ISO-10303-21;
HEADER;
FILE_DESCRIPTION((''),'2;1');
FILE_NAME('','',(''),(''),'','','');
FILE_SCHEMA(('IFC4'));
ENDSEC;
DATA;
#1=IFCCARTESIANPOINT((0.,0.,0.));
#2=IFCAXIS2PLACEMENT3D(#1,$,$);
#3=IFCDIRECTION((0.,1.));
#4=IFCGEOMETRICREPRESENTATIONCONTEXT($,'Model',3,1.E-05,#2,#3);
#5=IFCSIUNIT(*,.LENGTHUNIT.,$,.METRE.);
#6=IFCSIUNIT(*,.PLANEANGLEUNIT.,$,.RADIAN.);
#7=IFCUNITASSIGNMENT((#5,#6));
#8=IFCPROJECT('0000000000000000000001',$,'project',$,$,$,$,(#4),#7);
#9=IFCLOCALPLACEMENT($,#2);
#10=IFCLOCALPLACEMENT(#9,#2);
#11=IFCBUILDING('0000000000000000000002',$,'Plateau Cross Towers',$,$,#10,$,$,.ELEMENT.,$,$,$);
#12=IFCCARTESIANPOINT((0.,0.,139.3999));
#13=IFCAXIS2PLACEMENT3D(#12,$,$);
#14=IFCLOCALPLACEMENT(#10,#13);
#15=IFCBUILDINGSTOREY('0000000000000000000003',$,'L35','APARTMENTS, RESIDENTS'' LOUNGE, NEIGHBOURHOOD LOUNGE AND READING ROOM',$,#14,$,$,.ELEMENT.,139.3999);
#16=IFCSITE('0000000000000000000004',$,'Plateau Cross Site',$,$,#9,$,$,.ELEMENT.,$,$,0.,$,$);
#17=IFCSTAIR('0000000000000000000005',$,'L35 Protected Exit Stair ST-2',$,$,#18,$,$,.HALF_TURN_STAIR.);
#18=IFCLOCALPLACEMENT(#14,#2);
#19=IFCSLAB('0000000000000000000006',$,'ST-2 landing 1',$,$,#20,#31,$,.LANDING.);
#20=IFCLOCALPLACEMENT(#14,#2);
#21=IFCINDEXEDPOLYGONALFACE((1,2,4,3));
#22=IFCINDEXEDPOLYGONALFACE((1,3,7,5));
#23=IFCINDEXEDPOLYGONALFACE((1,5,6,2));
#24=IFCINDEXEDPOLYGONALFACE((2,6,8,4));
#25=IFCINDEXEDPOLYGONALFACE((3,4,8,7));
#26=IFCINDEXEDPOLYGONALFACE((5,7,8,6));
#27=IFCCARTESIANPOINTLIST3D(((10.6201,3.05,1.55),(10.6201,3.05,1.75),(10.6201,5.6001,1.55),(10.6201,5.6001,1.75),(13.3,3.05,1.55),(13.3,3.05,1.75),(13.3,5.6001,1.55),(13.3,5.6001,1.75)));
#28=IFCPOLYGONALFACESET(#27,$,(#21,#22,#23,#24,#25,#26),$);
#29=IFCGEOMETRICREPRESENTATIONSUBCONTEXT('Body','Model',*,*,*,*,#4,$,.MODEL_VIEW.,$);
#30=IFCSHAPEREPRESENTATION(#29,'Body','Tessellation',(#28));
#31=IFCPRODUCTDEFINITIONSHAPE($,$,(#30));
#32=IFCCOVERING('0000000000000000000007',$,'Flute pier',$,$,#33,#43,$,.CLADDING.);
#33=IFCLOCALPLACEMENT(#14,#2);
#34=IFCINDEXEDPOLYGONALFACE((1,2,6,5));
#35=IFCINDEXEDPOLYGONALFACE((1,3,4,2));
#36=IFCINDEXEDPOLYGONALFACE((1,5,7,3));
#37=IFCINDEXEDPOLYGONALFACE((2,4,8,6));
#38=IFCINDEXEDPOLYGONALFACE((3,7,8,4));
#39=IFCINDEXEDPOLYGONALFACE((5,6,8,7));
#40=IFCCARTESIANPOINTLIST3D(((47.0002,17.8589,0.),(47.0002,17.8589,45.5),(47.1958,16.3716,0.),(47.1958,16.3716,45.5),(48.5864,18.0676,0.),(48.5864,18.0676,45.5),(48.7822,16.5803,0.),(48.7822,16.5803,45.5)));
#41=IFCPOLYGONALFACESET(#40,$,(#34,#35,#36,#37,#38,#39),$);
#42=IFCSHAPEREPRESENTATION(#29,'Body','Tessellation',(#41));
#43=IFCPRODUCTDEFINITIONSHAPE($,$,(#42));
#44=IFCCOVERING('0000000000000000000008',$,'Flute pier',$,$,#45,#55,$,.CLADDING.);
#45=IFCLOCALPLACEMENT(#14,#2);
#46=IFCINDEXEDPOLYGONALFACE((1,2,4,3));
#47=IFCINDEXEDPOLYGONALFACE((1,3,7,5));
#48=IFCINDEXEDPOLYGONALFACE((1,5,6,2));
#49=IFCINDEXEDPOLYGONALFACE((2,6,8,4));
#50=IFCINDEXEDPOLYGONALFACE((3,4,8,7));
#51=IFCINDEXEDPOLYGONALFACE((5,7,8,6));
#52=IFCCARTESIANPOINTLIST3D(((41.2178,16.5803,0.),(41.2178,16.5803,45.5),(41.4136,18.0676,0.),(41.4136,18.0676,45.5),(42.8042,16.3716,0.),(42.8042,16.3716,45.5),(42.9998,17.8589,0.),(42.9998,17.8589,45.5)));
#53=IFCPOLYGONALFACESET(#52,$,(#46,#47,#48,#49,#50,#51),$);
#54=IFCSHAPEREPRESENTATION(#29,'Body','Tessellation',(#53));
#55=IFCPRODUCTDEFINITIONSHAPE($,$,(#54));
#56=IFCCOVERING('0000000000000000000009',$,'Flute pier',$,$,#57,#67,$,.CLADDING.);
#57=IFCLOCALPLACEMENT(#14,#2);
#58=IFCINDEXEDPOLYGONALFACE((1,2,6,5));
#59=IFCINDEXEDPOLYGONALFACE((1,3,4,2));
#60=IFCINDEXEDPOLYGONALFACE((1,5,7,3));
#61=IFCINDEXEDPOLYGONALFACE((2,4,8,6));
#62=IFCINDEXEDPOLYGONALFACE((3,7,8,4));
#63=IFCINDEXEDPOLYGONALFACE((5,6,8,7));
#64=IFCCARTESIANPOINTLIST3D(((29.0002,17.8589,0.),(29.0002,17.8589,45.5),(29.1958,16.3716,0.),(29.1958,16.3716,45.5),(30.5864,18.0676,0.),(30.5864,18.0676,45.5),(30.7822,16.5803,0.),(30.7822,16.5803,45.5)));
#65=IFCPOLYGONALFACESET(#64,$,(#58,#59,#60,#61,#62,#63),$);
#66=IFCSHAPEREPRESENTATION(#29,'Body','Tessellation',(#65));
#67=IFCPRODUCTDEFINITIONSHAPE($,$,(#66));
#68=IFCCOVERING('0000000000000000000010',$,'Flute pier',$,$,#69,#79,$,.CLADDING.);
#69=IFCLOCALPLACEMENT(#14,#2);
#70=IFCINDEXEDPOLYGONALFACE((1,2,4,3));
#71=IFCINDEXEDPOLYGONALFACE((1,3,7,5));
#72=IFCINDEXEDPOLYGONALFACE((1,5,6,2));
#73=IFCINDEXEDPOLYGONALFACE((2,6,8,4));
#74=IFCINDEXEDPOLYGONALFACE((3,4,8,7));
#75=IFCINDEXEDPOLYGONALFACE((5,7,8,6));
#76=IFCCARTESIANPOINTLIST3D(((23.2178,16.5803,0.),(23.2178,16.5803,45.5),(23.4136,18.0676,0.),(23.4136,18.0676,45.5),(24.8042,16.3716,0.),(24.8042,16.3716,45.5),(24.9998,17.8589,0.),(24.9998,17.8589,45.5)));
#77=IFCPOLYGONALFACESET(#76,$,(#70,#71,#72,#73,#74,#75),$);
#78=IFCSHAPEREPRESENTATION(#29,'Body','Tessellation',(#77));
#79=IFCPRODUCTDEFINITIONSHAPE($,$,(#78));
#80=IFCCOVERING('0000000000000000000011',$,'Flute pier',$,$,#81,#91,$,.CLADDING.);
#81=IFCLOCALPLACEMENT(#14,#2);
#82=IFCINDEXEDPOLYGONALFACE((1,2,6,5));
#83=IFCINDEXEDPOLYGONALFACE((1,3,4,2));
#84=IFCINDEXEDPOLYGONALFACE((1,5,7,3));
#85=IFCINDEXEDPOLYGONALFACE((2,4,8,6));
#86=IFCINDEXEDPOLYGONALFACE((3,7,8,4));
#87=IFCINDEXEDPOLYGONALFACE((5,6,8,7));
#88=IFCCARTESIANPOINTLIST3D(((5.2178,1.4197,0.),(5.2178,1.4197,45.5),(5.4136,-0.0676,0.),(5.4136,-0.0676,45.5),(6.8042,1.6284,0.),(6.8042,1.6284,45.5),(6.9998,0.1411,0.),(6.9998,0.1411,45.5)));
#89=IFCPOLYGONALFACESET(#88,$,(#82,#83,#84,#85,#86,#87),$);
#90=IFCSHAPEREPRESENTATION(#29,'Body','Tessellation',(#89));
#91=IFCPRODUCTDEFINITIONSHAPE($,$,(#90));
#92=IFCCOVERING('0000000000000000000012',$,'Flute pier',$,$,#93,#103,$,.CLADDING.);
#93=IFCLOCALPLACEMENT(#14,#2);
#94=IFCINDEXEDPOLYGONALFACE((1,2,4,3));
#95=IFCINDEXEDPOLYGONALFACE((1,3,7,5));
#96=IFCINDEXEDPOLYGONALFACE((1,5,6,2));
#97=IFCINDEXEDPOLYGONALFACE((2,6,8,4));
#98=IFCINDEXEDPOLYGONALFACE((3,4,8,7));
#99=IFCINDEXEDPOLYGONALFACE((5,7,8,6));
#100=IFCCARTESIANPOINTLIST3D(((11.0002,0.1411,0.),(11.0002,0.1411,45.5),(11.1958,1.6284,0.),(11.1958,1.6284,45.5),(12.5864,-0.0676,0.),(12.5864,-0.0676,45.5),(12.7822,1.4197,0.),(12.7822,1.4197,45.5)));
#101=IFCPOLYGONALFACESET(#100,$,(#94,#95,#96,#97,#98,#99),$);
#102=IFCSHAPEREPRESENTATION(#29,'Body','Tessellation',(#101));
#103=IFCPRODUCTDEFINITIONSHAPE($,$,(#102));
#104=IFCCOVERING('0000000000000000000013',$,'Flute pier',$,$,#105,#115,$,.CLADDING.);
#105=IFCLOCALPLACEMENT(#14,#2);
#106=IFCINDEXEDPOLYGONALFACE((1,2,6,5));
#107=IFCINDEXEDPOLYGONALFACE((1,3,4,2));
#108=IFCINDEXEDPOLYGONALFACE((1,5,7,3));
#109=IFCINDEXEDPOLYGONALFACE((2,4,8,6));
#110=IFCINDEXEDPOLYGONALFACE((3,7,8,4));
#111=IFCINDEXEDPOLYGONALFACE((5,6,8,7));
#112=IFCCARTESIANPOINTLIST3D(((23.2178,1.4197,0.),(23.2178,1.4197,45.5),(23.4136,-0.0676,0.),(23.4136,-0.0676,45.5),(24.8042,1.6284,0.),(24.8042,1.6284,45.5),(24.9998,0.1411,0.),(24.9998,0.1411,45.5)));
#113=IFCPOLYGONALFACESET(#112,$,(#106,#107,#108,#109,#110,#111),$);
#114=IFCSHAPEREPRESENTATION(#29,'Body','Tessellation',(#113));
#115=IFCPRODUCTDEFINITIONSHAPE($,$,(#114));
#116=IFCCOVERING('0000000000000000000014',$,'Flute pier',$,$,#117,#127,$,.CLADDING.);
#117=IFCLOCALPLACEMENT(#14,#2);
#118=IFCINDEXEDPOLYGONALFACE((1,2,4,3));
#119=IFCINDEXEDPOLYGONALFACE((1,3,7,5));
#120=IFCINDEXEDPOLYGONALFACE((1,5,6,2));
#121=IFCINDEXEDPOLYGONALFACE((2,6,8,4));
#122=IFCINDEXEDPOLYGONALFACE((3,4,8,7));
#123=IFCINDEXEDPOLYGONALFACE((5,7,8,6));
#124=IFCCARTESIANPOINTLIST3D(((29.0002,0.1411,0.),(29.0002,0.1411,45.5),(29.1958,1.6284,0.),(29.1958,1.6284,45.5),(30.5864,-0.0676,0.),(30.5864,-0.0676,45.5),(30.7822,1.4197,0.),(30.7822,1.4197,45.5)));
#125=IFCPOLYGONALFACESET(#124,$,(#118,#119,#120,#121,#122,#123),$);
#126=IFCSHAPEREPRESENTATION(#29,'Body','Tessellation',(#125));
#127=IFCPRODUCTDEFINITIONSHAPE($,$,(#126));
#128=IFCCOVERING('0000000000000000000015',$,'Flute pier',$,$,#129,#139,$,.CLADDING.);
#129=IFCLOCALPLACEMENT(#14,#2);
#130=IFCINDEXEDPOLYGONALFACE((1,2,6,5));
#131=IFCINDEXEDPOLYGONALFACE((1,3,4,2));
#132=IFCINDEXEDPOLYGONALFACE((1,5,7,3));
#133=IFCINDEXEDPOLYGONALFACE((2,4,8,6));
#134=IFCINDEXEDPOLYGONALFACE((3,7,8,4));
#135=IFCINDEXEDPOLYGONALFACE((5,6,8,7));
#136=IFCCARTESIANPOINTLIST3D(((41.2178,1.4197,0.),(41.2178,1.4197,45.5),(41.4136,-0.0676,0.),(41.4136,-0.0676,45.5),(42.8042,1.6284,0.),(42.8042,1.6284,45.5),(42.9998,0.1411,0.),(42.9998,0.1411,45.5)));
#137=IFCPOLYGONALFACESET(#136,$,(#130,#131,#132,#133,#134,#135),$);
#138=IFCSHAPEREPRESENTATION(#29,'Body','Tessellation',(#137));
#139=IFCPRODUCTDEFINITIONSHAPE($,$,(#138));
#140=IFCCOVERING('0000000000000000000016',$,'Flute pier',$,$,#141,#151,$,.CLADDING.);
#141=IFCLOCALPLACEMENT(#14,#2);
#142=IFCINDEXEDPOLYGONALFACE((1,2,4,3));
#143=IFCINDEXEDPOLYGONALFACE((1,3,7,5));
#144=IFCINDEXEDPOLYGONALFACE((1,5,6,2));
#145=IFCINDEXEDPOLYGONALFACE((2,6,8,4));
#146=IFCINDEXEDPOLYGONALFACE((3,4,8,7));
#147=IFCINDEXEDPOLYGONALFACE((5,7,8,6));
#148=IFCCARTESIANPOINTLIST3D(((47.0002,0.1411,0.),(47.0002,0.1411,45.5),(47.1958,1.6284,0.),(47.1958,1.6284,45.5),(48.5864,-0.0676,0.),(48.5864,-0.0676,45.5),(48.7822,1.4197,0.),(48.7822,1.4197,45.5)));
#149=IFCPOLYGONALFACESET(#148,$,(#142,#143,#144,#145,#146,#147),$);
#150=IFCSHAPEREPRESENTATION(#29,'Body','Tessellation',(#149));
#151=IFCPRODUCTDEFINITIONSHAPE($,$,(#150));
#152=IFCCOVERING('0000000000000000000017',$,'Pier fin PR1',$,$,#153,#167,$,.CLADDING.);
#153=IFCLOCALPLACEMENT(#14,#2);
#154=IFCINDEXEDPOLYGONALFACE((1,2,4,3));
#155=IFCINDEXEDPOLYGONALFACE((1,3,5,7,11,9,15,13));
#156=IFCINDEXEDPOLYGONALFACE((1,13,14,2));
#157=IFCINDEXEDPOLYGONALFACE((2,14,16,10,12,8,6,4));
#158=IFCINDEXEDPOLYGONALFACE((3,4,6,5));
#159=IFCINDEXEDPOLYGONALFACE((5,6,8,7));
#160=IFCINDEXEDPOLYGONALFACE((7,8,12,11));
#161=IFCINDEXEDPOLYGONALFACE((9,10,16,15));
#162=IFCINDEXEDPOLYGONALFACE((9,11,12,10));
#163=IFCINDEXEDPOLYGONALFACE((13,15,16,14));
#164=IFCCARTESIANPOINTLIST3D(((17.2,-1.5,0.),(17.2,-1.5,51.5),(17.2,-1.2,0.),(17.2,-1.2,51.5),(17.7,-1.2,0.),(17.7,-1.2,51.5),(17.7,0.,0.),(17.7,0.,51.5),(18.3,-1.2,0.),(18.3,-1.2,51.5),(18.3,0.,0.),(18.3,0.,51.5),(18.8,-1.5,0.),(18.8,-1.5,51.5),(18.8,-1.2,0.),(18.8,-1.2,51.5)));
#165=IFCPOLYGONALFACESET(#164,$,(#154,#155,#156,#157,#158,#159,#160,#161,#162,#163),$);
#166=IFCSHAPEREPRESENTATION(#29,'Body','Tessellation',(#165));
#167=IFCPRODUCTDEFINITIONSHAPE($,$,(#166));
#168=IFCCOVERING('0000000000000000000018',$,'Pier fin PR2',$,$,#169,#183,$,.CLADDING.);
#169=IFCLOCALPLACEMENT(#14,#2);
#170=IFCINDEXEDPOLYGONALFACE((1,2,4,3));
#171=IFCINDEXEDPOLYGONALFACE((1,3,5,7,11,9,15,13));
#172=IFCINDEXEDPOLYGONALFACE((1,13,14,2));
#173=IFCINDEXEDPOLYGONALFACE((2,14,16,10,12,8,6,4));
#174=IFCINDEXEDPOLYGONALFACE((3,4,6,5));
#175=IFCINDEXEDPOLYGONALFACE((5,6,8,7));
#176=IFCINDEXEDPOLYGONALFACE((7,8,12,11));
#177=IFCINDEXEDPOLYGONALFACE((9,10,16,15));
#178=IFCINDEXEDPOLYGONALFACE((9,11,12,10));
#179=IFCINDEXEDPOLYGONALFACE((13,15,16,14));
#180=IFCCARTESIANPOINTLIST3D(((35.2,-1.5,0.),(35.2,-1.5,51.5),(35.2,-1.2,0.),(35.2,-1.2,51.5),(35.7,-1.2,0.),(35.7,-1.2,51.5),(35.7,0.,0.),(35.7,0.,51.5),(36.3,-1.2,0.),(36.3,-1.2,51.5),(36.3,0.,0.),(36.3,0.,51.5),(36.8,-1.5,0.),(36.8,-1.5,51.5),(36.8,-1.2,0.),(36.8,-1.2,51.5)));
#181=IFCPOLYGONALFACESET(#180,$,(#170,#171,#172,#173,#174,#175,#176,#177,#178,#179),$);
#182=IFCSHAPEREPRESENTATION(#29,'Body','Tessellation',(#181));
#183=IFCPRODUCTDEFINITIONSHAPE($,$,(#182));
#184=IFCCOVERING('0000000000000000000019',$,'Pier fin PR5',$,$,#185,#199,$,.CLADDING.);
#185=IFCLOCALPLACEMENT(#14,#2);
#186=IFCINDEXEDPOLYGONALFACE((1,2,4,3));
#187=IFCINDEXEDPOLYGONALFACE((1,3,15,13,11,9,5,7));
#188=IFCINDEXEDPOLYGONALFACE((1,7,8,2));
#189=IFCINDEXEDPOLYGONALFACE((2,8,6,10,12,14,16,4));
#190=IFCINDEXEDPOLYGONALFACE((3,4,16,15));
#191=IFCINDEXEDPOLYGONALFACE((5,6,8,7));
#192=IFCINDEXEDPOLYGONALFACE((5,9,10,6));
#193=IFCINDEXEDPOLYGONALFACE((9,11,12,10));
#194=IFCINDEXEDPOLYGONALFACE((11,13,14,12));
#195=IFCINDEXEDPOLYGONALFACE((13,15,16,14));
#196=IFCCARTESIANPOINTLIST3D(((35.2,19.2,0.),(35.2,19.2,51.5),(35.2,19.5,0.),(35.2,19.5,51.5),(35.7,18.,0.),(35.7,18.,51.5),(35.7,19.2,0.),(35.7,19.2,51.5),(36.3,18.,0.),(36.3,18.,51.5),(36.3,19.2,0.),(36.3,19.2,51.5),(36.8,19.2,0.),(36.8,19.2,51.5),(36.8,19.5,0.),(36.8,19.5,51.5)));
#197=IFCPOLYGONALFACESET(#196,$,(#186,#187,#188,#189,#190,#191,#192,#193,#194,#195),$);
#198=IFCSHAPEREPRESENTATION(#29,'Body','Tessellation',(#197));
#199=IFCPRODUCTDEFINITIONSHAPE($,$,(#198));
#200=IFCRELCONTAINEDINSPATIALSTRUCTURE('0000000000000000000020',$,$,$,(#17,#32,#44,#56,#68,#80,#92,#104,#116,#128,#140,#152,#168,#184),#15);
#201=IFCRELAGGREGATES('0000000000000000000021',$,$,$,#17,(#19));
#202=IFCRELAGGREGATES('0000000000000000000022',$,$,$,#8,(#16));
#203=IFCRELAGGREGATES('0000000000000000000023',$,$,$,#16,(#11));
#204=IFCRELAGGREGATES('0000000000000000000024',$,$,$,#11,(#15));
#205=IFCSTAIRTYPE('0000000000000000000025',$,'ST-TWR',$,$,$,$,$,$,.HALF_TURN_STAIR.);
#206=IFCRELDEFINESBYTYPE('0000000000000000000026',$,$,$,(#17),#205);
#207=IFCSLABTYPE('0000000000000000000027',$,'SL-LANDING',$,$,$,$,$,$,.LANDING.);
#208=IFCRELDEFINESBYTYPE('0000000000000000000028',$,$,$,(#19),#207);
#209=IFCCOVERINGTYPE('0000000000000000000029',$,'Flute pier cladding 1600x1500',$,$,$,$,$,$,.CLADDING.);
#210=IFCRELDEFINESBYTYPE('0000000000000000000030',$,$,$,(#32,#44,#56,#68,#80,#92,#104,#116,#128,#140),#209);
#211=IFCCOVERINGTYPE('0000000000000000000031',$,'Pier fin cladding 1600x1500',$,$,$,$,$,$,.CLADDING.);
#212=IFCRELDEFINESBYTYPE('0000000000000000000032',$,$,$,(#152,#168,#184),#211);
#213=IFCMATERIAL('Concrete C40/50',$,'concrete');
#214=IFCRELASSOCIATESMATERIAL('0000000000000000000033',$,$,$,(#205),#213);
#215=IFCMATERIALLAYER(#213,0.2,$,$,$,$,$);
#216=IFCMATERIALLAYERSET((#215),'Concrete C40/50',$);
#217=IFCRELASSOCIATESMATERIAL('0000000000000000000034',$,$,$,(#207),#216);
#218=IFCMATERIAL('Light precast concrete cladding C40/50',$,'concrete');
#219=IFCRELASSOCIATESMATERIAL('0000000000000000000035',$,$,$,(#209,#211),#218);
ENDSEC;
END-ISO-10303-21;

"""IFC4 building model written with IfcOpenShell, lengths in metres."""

from ifc_helpers import new_model, si_unit, direction, frame, origin, place, context, subcontext, project, spatial, polyline, outline, extrude, material, layer, layer_set, type_object, element, aggregate, save


model = new_model("IFC4")

# Units and contexts
model_context = context("Model", 3, precision=1e-05, world=origin(), true_north=direction((0.0, 1.0)))
body_context = subcontext(model_context, "Body", "Model", "MODEL_VIEW")
ifc_project = project(units=[si_unit("LENGTHUNIT", "METRE"), si_unit("PLANEANGLEUNIT", "RADIAN")], contexts=[model_context])

# Site, building, storey
site_placement = place(None, origin())
site = spatial("IfcSite", under=ifc_project, at=site_placement, Name="Plateau Cross Site", CompositionType="ELEMENT", RefElevation=0.0)
building_placement = place(site_placement, origin())
building = spatial("IfcBuilding", under=site, at=building_placement, Name="Plateau Cross Towers", CompositionType="ELEMENT")
storey_placement = place(building_placement, frame((0.0, 0.0, 139.3999)))
storey = spatial("IfcBuildingStorey", under=building, at=storey_placement, Name="L35", Description="APARTMENTS, RESIDENTS' LOUNGE, NEIGHBOURHOOD LOUNGE AND READING ROOM", CompositionType="ELEMENT", Elevation=139.3999)

# Shared definitions
ifc_material_1 = material(Name="Concrete C40/50", Category="concrete")

# Stair, slab
stair_type = type_object("IfcStairType", Name="ST-TWR", PredefinedType="HALF_TURN_STAIR", material=ifc_material_1)
ifc_layer_1 = layer(ifc_material_1, 0.2)
ifc_layer_set_1 = layer_set([ifc_layer_1], Name="Concrete C40/50")
slab_type_1 = type_object("IfcSlabType", Name="SL-LANDING", PredefinedType="LANDING", material=ifc_layer_set_1)
stair_1_placement = place(storey_placement, origin())
stair_1 = element("IfcStair", 1, at=stair_1_placement, inside=storey, type_object=stair_type, Name="L35 Protected Exit Stair ST-2", PredefinedType="HALF_TURN_STAIR")
slab_1_placement = place(storey_placement, frame((0.0, 0.0, 1.55)))
slab_1 = element("IfcSlab", 2, at=slab_1_placement, type_object=slab_type_1, Name="ST-2 landing 1", PredefinedType="LANDING", context=body_context, shape_type="SweptSolid", body=[
    extrude(outline(polyline([(10.6201, 3.05), (13.3, 3.05), (13.3, 5.6001), (10.6201, 5.6001), (10.6201, 3.05)])), origin(), (0.0, 0.0, 1.0), 0.2),
])
aggregate(stair_1, [slab_1])

# Coverings
ifc_material_2 = material(Name="Light precast concrete cladding C40/50", Category="concrete")
covering_type_1 = type_object("IfcCoveringType", Name="Flute pier cladding 1600x1500", PredefinedType="CLADDING", material=ifc_material_2)
covering_1_placement = place(storey_placement, origin())
element("IfcCovering", 3, at=covering_1_placement, inside=storey, type_object=covering_type_1, Name="Flute pier", PredefinedType="CLADDING", context=body_context, shape_type="SweptSolid", body=[
    extrude(outline(polyline([(48.7822, 16.5803), (47.1958, 16.3716), (47.0002, 17.8589), (48.5864, 18.0676), (48.7822, 16.5803)])), origin(), (0.0, 0.0, 1.0), 45.5),
])
covering_2_placement = place(storey_placement, origin())
element("IfcCovering", 4, at=covering_2_placement, inside=storey, type_object=covering_type_1, Name="Flute pier", PredefinedType="CLADDING", context=body_context, shape_type="SweptSolid", body=[
    extrude(outline(polyline([(42.8042, 16.3716), (41.2178, 16.5803), (41.4136, 18.0676), (42.9998, 17.8589), (42.8042, 16.3716)])), origin(), (0.0, 0.0, 1.0), 45.5),
])
covering_3_placement = place(storey_placement, origin())
element("IfcCovering", 5, at=covering_3_placement, inside=storey, type_object=covering_type_1, Name="Flute pier", PredefinedType="CLADDING", context=body_context, shape_type="SweptSolid", body=[
    extrude(outline(polyline([(30.7822, 16.5803), (29.1958, 16.3716), (29.0002, 17.8589), (30.5864, 18.0676), (30.7822, 16.5803)])), origin(), (0.0, 0.0, 1.0), 45.5),
])
covering_4_placement = place(storey_placement, origin())
element("IfcCovering", 6, at=covering_4_placement, inside=storey, type_object=covering_type_1, Name="Flute pier", PredefinedType="CLADDING", context=body_context, shape_type="SweptSolid", body=[
    extrude(outline(polyline([(24.8042, 16.3716), (23.2178, 16.5803), (23.4136, 18.0676), (24.9998, 17.8589), (24.8042, 16.3716)])), origin(), (0.0, 0.0, 1.0), 45.5),
])
covering_5_placement = place(storey_placement, origin())
element("IfcCovering", 7, at=covering_5_placement, inside=storey, type_object=covering_type_1, Name="Flute pier", PredefinedType="CLADDING", context=body_context, shape_type="SweptSolid", body=[
    extrude(outline(polyline([(5.2178, 1.4197), (6.8042, 1.6284), (6.9998, 0.1411), (5.4136, -0.0676), (5.2178, 1.4197)])), origin(), (0.0, 0.0, 1.0), 45.5),
])
covering_6_placement = place(storey_placement, origin())
element("IfcCovering", 8, at=covering_6_placement, inside=storey, type_object=covering_type_1, Name="Flute pier", PredefinedType="CLADDING", context=body_context, shape_type="SweptSolid", body=[
    extrude(outline(polyline([(11.1958, 1.6284), (12.7822, 1.4197), (12.5864, -0.0676), (11.0002, 0.1411), (11.1958, 1.6284)])), origin(), (0.0, 0.0, 1.0), 45.5),
])
covering_7_placement = place(storey_placement, origin())
element("IfcCovering", 9, at=covering_7_placement, inside=storey, type_object=covering_type_1, Name="Flute pier", PredefinedType="CLADDING", context=body_context, shape_type="SweptSolid", body=[
    extrude(outline(polyline([(23.2178, 1.4197), (24.8042, 1.6284), (24.9998, 0.1411), (23.4136, -0.0676), (23.2178, 1.4197)])), origin(), (0.0, 0.0, 1.0), 45.5),
])
covering_8_placement = place(storey_placement, origin())
element("IfcCovering", 10, at=covering_8_placement, inside=storey, type_object=covering_type_1, Name="Flute pier", PredefinedType="CLADDING", context=body_context, shape_type="SweptSolid", body=[
    extrude(outline(polyline([(29.1958, 1.6284), (30.7822, 1.4197), (30.5864, -0.0676), (29.0002, 0.1411), (29.1958, 1.6284)])), origin(), (0.0, 0.0, 1.0), 45.5),
])
covering_9_placement = place(storey_placement, origin())
element("IfcCovering", 11, at=covering_9_placement, inside=storey, type_object=covering_type_1, Name="Flute pier", PredefinedType="CLADDING", context=body_context, shape_type="SweptSolid", body=[
    extrude(outline(polyline([(41.2178, 1.4197), (42.8042, 1.6284), (42.9998, 0.1411), (41.4136, -0.0676), (41.2178, 1.4197)])), origin(), (0.0, 0.0, 1.0), 45.5),
])
covering_10_placement = place(storey_placement, origin())
element("IfcCovering", 12, at=covering_10_placement, inside=storey, type_object=covering_type_1, Name="Flute pier", PredefinedType="CLADDING", context=body_context, shape_type="SweptSolid", body=[
    extrude(outline(polyline([(47.1958, 1.6284), (48.7822, 1.4197), (48.5864, -0.0676), (47.0002, 0.1411), (47.1958, 1.6284)])), origin(), (0.0, 0.0, 1.0), 45.5),
])
covering_type_2 = type_object("IfcCoveringType", Name="Pier fin cladding 1600x1500", PredefinedType="CLADDING", material=ifc_material_2)
covering_11_placement = place(storey_placement, origin())
element("IfcCovering", 13, at=covering_11_placement, inside=storey, type_object=covering_type_2, Name="Pier fin PR1", PredefinedType="CLADDING", context=body_context, shape_type="SweptSolid", body=[
    extrude(outline(polyline([(17.7, 0.0), (18.3, 0.0), (18.3, -1.2), (18.8, -1.2), (18.8, -1.5), (17.2, -1.5), (17.2, -1.2), (17.7, -1.2), (17.7, 0.0)])), origin(), (0.0, 0.0, 1.0), 51.5),
])
covering_12_placement = place(storey_placement, origin())
element("IfcCovering", 14, at=covering_12_placement, inside=storey, type_object=covering_type_2, Name="Pier fin PR2", PredefinedType="CLADDING", context=body_context, shape_type="SweptSolid", body=[
    extrude(outline(polyline([(35.7, 0.0), (36.3, 0.0), (36.3, -1.2), (36.8, -1.2), (36.8, -1.5), (35.2, -1.5), (35.2, -1.2), (35.7, -1.2), (35.7, 0.0)])), origin(), (0.0, 0.0, 1.0), 51.5),
])
covering_13_placement = place(storey_placement, origin())
element("IfcCovering", 15, at=covering_13_placement, inside=storey, type_object=covering_type_2, Name="Pier fin PR5", PredefinedType="CLADDING", context=body_context, shape_type="SweptSolid", body=[
    extrude(outline(polyline([(35.7, 18.0), (36.3, 18.0), (36.3, 19.2), (36.8, 19.2), (36.8, 19.5), (35.2, 19.5), (35.2, 19.2), (35.7, 19.2), (35.7, 18.0)])), origin(), (0.0, 0.0, 1.0), 51.5),
])

save(model, "model.ifc")
